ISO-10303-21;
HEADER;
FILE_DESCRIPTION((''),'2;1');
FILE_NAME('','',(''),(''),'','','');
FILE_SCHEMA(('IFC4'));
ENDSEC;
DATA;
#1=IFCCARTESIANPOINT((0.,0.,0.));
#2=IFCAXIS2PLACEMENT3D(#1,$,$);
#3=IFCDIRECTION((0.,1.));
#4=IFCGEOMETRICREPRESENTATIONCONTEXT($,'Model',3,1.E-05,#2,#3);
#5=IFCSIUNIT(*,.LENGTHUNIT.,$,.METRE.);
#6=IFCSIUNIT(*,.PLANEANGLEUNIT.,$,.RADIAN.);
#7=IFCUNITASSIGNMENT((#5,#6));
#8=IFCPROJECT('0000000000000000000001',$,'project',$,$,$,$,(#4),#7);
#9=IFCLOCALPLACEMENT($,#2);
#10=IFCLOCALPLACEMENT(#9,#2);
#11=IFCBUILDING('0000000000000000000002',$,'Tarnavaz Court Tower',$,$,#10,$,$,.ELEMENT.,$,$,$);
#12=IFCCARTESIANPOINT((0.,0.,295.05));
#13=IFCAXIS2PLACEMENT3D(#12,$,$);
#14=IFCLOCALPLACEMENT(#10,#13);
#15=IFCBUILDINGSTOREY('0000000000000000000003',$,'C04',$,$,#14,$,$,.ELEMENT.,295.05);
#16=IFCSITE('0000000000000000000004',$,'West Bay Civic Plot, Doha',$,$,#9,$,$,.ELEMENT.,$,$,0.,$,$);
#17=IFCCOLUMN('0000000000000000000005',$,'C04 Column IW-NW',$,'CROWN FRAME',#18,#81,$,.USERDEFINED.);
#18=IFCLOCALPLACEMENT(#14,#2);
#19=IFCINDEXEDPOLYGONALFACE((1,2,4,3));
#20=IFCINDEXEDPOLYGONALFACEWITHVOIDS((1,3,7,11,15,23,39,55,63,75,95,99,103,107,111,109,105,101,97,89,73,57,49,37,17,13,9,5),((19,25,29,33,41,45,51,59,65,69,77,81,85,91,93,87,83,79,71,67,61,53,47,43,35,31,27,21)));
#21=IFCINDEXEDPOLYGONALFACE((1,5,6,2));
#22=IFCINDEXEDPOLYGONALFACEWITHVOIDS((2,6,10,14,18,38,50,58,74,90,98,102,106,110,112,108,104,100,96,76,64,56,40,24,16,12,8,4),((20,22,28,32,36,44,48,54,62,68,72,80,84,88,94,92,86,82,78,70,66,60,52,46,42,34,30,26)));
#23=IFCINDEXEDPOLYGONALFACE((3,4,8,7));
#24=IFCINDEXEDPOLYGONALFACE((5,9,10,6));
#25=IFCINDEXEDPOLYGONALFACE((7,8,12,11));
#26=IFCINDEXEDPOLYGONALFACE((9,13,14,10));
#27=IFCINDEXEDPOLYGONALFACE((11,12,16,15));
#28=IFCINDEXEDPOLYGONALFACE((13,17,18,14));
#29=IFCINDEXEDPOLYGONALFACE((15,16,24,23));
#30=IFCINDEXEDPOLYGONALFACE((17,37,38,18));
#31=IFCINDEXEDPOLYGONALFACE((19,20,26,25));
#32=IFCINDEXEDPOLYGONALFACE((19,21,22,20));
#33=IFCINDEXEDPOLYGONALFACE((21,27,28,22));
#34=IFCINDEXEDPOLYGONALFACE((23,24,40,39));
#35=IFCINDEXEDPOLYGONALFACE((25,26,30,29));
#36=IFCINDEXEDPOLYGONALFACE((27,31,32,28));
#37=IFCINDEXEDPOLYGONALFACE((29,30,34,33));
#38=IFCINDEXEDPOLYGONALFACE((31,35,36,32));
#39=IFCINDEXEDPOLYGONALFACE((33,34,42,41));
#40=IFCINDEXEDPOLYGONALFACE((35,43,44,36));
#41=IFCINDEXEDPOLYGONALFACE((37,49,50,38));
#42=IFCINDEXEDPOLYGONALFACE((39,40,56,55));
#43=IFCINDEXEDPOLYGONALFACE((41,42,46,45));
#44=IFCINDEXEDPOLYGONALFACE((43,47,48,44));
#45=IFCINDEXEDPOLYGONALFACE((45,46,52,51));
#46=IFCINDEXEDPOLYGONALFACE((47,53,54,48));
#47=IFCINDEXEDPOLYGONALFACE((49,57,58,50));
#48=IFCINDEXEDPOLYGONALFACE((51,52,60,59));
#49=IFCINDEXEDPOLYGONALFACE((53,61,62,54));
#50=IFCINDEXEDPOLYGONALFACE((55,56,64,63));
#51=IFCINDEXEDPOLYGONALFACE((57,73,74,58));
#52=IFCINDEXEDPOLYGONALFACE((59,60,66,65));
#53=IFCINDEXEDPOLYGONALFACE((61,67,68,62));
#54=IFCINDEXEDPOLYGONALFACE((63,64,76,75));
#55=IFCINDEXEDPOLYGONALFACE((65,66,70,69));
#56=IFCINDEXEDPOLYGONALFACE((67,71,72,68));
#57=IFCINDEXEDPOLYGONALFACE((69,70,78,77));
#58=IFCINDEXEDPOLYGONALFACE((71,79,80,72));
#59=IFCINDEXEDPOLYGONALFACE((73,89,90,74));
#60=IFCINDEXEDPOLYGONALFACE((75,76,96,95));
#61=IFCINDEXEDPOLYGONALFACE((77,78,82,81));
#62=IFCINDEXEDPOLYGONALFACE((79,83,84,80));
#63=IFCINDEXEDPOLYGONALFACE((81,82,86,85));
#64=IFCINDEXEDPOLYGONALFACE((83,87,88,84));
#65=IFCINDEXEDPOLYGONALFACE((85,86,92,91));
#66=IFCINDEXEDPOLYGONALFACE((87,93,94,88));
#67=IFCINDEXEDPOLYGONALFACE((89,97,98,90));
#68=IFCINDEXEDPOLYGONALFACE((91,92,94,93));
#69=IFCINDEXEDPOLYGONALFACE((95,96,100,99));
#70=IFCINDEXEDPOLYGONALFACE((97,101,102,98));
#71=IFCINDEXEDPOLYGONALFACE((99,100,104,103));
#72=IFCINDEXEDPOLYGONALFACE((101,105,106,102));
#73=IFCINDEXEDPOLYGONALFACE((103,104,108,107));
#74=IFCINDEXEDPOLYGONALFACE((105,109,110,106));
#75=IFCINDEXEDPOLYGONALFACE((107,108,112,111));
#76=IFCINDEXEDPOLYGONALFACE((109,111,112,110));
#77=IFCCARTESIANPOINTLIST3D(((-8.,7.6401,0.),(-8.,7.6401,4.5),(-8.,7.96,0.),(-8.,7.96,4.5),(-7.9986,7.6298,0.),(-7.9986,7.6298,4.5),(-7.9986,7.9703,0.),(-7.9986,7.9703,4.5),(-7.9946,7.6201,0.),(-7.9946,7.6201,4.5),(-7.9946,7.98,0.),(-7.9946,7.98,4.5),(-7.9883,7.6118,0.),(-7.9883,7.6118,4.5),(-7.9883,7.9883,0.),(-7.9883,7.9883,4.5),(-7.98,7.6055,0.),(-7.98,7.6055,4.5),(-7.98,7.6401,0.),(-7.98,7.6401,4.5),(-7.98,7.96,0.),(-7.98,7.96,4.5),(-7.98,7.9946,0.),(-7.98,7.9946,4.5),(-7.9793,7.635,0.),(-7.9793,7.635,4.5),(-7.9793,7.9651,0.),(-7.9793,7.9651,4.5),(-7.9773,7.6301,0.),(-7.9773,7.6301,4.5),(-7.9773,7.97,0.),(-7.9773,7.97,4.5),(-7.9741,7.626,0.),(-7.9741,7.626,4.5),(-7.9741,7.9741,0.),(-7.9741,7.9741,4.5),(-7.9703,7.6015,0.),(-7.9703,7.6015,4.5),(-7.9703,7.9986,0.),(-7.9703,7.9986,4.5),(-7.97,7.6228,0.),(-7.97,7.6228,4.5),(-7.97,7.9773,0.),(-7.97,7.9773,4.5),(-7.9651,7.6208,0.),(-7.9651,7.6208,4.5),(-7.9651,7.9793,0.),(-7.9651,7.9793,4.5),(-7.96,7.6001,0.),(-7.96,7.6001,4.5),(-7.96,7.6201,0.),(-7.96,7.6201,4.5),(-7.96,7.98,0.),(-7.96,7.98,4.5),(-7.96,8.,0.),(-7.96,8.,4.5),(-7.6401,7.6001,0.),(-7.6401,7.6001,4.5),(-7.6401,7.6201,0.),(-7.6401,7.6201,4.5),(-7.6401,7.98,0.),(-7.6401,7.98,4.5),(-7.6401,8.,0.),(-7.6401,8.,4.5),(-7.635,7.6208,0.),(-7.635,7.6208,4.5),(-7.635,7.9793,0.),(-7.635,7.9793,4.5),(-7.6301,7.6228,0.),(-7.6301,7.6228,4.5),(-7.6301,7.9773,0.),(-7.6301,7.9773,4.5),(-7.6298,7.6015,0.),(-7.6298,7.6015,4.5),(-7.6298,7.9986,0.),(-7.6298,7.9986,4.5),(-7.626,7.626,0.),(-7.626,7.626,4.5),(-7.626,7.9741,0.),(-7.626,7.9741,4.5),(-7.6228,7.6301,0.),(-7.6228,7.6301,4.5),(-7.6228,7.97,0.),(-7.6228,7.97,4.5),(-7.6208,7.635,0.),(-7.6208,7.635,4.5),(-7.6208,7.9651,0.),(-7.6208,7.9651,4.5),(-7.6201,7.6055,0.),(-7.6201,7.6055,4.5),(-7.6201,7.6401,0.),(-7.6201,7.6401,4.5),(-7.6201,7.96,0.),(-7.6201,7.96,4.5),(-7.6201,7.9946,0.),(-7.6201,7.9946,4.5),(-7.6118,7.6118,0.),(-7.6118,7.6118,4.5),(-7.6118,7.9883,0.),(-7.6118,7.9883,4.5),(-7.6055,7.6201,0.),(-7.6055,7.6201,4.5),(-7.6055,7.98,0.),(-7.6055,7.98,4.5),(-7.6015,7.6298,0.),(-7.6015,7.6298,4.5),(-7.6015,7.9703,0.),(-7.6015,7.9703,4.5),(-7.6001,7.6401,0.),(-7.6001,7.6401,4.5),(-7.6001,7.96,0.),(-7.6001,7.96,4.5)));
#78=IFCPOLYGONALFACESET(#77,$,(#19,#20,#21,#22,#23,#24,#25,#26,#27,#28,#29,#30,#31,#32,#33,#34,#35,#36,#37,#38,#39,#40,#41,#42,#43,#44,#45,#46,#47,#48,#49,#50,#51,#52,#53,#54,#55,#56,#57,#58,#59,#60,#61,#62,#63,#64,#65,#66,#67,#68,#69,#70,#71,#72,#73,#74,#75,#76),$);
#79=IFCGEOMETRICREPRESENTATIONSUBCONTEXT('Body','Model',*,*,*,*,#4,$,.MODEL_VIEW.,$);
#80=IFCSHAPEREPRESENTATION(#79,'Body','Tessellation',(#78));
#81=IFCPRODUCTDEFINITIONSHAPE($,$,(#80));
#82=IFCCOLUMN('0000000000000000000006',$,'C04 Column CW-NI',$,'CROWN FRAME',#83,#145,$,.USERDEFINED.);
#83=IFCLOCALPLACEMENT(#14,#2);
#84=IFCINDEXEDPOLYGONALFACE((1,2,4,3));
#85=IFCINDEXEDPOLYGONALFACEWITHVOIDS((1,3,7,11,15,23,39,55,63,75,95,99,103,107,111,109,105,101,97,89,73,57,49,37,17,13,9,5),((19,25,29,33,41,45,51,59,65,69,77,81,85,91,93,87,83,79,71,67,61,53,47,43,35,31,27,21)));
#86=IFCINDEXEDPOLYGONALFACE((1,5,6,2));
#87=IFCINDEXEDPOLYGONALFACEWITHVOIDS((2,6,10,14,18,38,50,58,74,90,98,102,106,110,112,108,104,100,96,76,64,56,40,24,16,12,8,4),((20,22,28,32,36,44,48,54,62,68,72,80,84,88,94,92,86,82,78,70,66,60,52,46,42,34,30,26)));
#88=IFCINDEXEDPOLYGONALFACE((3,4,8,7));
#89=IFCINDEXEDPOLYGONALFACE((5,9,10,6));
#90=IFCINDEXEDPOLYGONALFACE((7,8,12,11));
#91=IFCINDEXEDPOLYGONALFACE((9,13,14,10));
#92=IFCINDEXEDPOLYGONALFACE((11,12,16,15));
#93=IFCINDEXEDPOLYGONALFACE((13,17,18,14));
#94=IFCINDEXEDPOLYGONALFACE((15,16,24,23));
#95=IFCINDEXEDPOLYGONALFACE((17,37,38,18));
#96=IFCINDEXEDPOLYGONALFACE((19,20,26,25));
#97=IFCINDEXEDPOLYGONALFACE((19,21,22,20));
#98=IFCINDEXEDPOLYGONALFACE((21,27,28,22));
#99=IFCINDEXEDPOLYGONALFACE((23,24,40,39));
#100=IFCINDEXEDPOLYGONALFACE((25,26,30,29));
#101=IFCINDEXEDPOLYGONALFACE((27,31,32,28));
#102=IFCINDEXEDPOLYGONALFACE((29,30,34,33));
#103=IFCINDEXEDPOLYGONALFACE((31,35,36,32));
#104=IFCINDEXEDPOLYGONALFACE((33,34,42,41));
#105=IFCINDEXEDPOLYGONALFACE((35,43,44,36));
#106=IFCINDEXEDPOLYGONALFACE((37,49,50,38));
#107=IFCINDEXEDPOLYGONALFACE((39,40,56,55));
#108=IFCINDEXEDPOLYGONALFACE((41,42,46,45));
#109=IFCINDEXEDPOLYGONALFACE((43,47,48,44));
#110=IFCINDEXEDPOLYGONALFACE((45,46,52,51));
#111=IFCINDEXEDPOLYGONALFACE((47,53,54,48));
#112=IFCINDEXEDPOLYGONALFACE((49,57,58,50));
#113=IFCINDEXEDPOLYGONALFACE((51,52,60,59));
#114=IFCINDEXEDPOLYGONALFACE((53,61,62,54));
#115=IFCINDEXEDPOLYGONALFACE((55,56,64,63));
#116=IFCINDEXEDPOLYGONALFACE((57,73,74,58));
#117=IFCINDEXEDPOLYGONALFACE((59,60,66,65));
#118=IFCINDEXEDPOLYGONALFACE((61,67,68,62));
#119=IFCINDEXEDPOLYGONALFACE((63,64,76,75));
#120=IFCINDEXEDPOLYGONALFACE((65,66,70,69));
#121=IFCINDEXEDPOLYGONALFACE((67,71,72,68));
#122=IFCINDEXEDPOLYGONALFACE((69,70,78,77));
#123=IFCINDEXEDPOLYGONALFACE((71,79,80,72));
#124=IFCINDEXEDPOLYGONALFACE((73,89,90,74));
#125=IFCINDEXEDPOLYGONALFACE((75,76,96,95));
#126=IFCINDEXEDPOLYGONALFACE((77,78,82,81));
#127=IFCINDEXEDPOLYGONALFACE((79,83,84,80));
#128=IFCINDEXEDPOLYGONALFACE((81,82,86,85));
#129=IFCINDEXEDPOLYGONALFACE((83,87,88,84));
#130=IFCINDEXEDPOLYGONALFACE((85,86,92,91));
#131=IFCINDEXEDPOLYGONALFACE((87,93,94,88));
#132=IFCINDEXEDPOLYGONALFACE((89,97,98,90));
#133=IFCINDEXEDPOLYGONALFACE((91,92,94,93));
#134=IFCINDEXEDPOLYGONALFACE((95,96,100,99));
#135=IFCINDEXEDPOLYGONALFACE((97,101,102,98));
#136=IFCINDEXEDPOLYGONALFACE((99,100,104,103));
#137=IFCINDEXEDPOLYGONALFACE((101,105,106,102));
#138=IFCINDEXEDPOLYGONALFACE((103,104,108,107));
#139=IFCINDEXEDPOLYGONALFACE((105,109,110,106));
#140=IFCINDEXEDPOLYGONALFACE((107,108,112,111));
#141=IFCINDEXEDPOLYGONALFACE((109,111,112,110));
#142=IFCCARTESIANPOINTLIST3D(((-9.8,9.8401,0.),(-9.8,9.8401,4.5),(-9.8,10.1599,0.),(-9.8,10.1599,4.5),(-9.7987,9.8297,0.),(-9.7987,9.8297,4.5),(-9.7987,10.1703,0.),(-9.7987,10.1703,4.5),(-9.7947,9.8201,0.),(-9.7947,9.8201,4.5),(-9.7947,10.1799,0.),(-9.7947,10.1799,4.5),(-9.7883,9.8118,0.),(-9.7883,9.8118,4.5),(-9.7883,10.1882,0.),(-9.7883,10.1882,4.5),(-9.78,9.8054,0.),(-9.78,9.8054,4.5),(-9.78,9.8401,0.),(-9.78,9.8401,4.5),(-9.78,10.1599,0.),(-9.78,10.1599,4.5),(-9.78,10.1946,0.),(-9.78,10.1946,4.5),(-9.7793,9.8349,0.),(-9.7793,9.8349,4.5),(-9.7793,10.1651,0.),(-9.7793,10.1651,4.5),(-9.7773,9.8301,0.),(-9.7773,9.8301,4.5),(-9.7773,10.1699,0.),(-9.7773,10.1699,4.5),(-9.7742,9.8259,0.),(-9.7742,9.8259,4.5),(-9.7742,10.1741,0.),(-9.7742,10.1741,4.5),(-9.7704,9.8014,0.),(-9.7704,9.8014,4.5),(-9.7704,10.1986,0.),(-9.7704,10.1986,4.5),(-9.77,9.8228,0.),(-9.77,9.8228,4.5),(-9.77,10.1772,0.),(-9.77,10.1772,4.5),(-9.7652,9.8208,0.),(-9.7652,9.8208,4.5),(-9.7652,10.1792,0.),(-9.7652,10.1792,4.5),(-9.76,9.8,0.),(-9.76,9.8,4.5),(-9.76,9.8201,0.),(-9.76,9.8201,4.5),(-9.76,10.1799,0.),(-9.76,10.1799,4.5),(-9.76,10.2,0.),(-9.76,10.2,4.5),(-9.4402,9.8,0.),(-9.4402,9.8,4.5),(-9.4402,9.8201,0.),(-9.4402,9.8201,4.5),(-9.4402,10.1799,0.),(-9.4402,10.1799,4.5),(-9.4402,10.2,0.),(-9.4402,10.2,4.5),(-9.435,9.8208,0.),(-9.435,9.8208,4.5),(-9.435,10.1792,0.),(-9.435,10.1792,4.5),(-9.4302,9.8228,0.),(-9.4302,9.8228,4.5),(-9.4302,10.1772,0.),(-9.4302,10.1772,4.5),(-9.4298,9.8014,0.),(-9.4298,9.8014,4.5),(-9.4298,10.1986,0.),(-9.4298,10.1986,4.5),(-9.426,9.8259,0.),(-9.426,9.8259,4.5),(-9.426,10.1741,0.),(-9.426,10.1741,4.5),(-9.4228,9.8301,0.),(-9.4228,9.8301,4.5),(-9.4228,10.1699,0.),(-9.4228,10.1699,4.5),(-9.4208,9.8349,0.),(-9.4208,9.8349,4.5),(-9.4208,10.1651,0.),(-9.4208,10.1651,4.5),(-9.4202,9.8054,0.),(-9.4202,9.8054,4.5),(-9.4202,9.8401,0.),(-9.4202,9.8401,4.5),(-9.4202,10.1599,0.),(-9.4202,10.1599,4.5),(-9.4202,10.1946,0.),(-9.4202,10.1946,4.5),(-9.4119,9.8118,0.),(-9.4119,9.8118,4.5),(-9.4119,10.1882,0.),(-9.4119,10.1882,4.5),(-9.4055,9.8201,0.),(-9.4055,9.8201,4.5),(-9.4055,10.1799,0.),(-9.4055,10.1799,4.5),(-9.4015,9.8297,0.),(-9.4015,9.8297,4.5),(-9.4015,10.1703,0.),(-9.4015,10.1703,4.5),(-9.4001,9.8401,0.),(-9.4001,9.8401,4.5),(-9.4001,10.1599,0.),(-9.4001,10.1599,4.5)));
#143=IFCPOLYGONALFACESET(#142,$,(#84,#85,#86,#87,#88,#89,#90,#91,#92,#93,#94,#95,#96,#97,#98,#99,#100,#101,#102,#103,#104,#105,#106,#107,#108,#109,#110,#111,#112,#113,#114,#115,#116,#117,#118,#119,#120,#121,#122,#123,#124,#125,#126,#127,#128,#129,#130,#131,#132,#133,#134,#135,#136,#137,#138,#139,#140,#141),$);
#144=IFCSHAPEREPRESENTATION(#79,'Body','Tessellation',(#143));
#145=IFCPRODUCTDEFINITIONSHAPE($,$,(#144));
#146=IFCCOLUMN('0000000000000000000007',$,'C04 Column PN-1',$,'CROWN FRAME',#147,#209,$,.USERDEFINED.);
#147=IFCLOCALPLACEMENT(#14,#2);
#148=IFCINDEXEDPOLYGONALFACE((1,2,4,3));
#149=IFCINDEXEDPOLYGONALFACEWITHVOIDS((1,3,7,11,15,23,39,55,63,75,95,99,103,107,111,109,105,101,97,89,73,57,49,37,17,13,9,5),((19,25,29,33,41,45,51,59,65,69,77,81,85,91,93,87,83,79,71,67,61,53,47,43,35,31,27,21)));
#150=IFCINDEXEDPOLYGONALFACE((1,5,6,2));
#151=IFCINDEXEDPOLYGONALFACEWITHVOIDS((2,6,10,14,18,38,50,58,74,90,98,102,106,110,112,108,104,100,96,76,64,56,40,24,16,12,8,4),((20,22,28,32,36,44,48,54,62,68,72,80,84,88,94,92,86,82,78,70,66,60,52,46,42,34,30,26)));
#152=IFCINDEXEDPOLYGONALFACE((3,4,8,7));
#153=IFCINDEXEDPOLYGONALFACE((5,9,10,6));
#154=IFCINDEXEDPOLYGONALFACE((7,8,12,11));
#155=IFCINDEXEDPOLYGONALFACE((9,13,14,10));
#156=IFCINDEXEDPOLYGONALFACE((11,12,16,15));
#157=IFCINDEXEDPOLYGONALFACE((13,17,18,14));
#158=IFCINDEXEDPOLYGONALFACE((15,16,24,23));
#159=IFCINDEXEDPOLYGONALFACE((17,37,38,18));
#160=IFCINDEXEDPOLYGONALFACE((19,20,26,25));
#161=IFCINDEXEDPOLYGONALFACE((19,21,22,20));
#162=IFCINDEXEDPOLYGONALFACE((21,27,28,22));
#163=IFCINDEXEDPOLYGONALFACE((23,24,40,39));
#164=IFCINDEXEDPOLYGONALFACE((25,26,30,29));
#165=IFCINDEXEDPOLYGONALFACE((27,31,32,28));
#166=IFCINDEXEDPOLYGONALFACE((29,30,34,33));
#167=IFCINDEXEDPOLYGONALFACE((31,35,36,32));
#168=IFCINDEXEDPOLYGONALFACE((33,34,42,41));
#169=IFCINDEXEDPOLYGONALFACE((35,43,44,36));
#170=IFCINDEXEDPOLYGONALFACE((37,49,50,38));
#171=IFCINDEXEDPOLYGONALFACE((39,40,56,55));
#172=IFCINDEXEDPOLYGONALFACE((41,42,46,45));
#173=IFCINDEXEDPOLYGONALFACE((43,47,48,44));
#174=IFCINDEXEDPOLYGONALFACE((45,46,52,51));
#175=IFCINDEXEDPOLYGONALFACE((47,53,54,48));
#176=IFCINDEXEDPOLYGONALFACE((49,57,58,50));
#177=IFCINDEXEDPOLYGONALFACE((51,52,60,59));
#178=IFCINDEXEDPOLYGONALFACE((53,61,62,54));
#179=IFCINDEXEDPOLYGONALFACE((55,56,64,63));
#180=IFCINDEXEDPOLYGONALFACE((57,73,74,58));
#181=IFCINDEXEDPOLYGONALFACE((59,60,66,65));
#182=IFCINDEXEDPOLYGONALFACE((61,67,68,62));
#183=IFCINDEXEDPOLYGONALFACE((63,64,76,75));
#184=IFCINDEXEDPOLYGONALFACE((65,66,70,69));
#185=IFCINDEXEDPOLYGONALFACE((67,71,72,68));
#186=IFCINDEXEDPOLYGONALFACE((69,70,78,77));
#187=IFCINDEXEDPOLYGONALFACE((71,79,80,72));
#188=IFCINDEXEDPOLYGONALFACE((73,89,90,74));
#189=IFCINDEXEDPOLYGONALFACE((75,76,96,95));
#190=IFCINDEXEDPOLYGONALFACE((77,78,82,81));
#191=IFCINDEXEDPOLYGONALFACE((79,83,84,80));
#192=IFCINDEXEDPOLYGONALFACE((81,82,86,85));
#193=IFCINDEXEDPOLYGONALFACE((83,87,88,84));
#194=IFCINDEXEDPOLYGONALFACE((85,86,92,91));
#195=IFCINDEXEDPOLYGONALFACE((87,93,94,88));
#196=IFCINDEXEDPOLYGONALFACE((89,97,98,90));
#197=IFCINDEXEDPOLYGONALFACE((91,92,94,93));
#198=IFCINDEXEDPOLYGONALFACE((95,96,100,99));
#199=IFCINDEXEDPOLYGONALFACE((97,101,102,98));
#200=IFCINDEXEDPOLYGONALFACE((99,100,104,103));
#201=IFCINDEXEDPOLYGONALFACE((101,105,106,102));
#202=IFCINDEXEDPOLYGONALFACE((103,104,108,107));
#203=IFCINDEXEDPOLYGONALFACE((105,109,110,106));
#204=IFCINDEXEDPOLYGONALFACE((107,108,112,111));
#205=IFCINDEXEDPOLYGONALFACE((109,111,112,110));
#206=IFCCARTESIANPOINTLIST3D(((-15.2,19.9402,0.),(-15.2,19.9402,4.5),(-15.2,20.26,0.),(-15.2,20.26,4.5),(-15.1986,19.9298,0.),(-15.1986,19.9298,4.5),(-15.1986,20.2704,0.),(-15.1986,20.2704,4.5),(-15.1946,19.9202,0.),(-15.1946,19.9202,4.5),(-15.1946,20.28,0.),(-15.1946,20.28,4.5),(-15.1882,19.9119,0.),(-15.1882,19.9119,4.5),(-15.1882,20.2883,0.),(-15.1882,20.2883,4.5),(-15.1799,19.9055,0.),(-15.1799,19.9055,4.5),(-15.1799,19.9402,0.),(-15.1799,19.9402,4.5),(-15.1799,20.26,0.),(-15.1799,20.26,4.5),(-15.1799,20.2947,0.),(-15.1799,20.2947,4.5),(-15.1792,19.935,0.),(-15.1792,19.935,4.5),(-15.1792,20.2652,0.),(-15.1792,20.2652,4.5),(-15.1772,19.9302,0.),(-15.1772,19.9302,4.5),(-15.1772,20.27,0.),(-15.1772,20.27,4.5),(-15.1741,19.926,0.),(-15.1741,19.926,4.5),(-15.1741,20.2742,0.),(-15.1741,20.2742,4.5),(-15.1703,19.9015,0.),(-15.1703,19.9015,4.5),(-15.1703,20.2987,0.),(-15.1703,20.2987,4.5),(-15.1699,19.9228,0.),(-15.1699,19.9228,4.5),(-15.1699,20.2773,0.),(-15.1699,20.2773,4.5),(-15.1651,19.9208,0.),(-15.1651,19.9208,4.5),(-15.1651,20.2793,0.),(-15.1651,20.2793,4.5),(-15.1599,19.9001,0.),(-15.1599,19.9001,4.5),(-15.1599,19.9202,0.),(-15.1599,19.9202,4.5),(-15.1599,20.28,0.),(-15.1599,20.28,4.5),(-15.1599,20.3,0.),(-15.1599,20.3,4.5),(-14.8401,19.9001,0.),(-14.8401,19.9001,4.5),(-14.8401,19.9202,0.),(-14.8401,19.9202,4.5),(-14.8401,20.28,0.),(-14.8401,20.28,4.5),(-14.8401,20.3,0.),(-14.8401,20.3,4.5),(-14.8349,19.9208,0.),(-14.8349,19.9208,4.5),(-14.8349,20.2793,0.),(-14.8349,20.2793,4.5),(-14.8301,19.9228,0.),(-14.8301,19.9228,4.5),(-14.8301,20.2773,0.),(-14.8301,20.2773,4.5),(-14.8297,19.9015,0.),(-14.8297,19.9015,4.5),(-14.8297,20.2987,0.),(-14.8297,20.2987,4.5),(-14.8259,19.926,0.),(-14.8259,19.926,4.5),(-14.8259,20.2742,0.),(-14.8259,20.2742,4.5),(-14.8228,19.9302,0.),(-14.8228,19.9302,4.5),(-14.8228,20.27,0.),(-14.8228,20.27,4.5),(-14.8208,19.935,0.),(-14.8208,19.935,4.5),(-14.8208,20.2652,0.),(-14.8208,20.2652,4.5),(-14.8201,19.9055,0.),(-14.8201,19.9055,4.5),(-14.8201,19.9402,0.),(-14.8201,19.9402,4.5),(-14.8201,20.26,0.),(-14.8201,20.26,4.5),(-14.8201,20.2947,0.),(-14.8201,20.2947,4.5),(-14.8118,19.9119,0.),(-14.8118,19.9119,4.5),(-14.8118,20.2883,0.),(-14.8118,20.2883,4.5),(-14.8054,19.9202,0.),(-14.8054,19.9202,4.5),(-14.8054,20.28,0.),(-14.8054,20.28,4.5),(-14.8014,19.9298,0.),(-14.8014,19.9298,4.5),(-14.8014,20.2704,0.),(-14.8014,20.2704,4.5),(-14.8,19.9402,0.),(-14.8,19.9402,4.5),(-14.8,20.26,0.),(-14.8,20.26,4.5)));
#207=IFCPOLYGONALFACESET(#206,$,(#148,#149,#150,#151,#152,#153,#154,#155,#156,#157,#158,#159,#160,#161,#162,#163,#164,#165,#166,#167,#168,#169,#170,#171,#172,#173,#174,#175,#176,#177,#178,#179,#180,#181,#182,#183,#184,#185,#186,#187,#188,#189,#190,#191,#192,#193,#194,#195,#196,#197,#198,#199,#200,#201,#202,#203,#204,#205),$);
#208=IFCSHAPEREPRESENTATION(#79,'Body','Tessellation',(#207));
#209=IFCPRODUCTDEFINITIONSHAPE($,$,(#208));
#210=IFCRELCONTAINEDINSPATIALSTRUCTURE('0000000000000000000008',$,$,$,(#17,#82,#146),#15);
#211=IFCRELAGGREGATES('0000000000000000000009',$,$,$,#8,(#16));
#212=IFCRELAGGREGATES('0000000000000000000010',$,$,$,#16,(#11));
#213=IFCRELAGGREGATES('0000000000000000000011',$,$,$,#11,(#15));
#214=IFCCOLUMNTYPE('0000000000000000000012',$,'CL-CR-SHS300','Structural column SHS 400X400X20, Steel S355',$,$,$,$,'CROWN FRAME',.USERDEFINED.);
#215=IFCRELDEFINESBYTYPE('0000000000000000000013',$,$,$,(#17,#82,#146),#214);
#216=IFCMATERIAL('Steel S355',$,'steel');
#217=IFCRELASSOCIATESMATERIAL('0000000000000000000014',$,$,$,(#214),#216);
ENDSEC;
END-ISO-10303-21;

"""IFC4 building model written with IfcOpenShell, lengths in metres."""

from ifc_helpers import new_model, si_unit, direction, frame, origin, origin_2d, place, context, subcontext, project, spatial, hollow_rectangle, extrude, material, material_profile, profile_set, type_object, element, save


model = new_model("IFC4")

# Units and contexts
model_context = context("Model", 3, precision=1e-05, world=origin(), true_north=direction((0.0, 1.0)))
body_context = subcontext(model_context, "Body", "Model", "MODEL_VIEW")
ifc_project = project(units=[si_unit("LENGTHUNIT", "METRE"), si_unit("PLANEANGLEUNIT", "RADIAN")], contexts=[model_context])

# Site, building, storey
site_placement = place(None, origin())
site = spatial("IfcSite", under=ifc_project, at=site_placement, Name="West Bay Civic Plot, Doha", CompositionType="ELEMENT", RefElevation=0.0)
building_placement = place(site_placement, origin())
building = spatial("IfcBuilding", under=site, at=building_placement, Name="Tarnavaz Court Tower", CompositionType="ELEMENT")
storey_placement = place(building_placement, frame((0.0, 0.0, 295.05)))
storey = spatial("IfcBuildingStorey", under=building, at=storey_placement, Name="C04", CompositionType="ELEMENT", Elevation=295.05)

# Columns
ifc_material_1 = material(Name="Steel S355", Category="steel")
ifc_material_profile_1 = material_profile(ifc_material_1, hollow_rectangle(XDim=0.3999, YDim=0.3999, WallThickness=0.02, InnerFilletRadius=0.02, OuterFilletRadius=0.04, at=origin_2d()), Name="SHS 400X400X20")
ifc_profile_set_1 = profile_set([ifc_material_profile_1], Name="Steel S355")
column_type = type_object("IfcColumnType", Name="CL-CR-SHS300", Description="Structural column SHS 400X400X20, Steel S355", ElementType="CROWN FRAME", PredefinedType="USERDEFINED", material=ifc_profile_set_1)
for number, where, z_axis, x_axis, name in (
    (1, (-7.8, 7.8, 0.0), (0.0, 0.0, 1.0), (1.0, 0.0, 0.0), "C04 Column IW-NW"),
    (2, (-9.6001, 10.0, 0.0), (0.0, 0.0, 1.0), (1.0, 0.0, 0.0), "C04 Column CW-NI"),
    (3, (-15.0, 20.1001, 0.0), (0.0, 0.0, 1.0), (1.0, 0.0, 0.0), "C04 Column PN-1"),
):
    element("IfcColumn", number, at=place(storey_placement, frame(where, z_axis=z_axis, x_axis=x_axis)), inside=storey, type_object=column_type, Name=name, ObjectType="CROWN FRAME", PredefinedType="USERDEFINED", context=body_context, shape_type="SweptSolid", body=[
        extrude(hollow_rectangle(XDim=0.3999, YDim=0.3999, WallThickness=0.02, InnerFilletRadius=0.02, OuterFilletRadius=0.04, at=origin_2d()), origin(), (0.0, 0.0, 1.0), 4.5),
    ])

save(model, "model.ifc")
